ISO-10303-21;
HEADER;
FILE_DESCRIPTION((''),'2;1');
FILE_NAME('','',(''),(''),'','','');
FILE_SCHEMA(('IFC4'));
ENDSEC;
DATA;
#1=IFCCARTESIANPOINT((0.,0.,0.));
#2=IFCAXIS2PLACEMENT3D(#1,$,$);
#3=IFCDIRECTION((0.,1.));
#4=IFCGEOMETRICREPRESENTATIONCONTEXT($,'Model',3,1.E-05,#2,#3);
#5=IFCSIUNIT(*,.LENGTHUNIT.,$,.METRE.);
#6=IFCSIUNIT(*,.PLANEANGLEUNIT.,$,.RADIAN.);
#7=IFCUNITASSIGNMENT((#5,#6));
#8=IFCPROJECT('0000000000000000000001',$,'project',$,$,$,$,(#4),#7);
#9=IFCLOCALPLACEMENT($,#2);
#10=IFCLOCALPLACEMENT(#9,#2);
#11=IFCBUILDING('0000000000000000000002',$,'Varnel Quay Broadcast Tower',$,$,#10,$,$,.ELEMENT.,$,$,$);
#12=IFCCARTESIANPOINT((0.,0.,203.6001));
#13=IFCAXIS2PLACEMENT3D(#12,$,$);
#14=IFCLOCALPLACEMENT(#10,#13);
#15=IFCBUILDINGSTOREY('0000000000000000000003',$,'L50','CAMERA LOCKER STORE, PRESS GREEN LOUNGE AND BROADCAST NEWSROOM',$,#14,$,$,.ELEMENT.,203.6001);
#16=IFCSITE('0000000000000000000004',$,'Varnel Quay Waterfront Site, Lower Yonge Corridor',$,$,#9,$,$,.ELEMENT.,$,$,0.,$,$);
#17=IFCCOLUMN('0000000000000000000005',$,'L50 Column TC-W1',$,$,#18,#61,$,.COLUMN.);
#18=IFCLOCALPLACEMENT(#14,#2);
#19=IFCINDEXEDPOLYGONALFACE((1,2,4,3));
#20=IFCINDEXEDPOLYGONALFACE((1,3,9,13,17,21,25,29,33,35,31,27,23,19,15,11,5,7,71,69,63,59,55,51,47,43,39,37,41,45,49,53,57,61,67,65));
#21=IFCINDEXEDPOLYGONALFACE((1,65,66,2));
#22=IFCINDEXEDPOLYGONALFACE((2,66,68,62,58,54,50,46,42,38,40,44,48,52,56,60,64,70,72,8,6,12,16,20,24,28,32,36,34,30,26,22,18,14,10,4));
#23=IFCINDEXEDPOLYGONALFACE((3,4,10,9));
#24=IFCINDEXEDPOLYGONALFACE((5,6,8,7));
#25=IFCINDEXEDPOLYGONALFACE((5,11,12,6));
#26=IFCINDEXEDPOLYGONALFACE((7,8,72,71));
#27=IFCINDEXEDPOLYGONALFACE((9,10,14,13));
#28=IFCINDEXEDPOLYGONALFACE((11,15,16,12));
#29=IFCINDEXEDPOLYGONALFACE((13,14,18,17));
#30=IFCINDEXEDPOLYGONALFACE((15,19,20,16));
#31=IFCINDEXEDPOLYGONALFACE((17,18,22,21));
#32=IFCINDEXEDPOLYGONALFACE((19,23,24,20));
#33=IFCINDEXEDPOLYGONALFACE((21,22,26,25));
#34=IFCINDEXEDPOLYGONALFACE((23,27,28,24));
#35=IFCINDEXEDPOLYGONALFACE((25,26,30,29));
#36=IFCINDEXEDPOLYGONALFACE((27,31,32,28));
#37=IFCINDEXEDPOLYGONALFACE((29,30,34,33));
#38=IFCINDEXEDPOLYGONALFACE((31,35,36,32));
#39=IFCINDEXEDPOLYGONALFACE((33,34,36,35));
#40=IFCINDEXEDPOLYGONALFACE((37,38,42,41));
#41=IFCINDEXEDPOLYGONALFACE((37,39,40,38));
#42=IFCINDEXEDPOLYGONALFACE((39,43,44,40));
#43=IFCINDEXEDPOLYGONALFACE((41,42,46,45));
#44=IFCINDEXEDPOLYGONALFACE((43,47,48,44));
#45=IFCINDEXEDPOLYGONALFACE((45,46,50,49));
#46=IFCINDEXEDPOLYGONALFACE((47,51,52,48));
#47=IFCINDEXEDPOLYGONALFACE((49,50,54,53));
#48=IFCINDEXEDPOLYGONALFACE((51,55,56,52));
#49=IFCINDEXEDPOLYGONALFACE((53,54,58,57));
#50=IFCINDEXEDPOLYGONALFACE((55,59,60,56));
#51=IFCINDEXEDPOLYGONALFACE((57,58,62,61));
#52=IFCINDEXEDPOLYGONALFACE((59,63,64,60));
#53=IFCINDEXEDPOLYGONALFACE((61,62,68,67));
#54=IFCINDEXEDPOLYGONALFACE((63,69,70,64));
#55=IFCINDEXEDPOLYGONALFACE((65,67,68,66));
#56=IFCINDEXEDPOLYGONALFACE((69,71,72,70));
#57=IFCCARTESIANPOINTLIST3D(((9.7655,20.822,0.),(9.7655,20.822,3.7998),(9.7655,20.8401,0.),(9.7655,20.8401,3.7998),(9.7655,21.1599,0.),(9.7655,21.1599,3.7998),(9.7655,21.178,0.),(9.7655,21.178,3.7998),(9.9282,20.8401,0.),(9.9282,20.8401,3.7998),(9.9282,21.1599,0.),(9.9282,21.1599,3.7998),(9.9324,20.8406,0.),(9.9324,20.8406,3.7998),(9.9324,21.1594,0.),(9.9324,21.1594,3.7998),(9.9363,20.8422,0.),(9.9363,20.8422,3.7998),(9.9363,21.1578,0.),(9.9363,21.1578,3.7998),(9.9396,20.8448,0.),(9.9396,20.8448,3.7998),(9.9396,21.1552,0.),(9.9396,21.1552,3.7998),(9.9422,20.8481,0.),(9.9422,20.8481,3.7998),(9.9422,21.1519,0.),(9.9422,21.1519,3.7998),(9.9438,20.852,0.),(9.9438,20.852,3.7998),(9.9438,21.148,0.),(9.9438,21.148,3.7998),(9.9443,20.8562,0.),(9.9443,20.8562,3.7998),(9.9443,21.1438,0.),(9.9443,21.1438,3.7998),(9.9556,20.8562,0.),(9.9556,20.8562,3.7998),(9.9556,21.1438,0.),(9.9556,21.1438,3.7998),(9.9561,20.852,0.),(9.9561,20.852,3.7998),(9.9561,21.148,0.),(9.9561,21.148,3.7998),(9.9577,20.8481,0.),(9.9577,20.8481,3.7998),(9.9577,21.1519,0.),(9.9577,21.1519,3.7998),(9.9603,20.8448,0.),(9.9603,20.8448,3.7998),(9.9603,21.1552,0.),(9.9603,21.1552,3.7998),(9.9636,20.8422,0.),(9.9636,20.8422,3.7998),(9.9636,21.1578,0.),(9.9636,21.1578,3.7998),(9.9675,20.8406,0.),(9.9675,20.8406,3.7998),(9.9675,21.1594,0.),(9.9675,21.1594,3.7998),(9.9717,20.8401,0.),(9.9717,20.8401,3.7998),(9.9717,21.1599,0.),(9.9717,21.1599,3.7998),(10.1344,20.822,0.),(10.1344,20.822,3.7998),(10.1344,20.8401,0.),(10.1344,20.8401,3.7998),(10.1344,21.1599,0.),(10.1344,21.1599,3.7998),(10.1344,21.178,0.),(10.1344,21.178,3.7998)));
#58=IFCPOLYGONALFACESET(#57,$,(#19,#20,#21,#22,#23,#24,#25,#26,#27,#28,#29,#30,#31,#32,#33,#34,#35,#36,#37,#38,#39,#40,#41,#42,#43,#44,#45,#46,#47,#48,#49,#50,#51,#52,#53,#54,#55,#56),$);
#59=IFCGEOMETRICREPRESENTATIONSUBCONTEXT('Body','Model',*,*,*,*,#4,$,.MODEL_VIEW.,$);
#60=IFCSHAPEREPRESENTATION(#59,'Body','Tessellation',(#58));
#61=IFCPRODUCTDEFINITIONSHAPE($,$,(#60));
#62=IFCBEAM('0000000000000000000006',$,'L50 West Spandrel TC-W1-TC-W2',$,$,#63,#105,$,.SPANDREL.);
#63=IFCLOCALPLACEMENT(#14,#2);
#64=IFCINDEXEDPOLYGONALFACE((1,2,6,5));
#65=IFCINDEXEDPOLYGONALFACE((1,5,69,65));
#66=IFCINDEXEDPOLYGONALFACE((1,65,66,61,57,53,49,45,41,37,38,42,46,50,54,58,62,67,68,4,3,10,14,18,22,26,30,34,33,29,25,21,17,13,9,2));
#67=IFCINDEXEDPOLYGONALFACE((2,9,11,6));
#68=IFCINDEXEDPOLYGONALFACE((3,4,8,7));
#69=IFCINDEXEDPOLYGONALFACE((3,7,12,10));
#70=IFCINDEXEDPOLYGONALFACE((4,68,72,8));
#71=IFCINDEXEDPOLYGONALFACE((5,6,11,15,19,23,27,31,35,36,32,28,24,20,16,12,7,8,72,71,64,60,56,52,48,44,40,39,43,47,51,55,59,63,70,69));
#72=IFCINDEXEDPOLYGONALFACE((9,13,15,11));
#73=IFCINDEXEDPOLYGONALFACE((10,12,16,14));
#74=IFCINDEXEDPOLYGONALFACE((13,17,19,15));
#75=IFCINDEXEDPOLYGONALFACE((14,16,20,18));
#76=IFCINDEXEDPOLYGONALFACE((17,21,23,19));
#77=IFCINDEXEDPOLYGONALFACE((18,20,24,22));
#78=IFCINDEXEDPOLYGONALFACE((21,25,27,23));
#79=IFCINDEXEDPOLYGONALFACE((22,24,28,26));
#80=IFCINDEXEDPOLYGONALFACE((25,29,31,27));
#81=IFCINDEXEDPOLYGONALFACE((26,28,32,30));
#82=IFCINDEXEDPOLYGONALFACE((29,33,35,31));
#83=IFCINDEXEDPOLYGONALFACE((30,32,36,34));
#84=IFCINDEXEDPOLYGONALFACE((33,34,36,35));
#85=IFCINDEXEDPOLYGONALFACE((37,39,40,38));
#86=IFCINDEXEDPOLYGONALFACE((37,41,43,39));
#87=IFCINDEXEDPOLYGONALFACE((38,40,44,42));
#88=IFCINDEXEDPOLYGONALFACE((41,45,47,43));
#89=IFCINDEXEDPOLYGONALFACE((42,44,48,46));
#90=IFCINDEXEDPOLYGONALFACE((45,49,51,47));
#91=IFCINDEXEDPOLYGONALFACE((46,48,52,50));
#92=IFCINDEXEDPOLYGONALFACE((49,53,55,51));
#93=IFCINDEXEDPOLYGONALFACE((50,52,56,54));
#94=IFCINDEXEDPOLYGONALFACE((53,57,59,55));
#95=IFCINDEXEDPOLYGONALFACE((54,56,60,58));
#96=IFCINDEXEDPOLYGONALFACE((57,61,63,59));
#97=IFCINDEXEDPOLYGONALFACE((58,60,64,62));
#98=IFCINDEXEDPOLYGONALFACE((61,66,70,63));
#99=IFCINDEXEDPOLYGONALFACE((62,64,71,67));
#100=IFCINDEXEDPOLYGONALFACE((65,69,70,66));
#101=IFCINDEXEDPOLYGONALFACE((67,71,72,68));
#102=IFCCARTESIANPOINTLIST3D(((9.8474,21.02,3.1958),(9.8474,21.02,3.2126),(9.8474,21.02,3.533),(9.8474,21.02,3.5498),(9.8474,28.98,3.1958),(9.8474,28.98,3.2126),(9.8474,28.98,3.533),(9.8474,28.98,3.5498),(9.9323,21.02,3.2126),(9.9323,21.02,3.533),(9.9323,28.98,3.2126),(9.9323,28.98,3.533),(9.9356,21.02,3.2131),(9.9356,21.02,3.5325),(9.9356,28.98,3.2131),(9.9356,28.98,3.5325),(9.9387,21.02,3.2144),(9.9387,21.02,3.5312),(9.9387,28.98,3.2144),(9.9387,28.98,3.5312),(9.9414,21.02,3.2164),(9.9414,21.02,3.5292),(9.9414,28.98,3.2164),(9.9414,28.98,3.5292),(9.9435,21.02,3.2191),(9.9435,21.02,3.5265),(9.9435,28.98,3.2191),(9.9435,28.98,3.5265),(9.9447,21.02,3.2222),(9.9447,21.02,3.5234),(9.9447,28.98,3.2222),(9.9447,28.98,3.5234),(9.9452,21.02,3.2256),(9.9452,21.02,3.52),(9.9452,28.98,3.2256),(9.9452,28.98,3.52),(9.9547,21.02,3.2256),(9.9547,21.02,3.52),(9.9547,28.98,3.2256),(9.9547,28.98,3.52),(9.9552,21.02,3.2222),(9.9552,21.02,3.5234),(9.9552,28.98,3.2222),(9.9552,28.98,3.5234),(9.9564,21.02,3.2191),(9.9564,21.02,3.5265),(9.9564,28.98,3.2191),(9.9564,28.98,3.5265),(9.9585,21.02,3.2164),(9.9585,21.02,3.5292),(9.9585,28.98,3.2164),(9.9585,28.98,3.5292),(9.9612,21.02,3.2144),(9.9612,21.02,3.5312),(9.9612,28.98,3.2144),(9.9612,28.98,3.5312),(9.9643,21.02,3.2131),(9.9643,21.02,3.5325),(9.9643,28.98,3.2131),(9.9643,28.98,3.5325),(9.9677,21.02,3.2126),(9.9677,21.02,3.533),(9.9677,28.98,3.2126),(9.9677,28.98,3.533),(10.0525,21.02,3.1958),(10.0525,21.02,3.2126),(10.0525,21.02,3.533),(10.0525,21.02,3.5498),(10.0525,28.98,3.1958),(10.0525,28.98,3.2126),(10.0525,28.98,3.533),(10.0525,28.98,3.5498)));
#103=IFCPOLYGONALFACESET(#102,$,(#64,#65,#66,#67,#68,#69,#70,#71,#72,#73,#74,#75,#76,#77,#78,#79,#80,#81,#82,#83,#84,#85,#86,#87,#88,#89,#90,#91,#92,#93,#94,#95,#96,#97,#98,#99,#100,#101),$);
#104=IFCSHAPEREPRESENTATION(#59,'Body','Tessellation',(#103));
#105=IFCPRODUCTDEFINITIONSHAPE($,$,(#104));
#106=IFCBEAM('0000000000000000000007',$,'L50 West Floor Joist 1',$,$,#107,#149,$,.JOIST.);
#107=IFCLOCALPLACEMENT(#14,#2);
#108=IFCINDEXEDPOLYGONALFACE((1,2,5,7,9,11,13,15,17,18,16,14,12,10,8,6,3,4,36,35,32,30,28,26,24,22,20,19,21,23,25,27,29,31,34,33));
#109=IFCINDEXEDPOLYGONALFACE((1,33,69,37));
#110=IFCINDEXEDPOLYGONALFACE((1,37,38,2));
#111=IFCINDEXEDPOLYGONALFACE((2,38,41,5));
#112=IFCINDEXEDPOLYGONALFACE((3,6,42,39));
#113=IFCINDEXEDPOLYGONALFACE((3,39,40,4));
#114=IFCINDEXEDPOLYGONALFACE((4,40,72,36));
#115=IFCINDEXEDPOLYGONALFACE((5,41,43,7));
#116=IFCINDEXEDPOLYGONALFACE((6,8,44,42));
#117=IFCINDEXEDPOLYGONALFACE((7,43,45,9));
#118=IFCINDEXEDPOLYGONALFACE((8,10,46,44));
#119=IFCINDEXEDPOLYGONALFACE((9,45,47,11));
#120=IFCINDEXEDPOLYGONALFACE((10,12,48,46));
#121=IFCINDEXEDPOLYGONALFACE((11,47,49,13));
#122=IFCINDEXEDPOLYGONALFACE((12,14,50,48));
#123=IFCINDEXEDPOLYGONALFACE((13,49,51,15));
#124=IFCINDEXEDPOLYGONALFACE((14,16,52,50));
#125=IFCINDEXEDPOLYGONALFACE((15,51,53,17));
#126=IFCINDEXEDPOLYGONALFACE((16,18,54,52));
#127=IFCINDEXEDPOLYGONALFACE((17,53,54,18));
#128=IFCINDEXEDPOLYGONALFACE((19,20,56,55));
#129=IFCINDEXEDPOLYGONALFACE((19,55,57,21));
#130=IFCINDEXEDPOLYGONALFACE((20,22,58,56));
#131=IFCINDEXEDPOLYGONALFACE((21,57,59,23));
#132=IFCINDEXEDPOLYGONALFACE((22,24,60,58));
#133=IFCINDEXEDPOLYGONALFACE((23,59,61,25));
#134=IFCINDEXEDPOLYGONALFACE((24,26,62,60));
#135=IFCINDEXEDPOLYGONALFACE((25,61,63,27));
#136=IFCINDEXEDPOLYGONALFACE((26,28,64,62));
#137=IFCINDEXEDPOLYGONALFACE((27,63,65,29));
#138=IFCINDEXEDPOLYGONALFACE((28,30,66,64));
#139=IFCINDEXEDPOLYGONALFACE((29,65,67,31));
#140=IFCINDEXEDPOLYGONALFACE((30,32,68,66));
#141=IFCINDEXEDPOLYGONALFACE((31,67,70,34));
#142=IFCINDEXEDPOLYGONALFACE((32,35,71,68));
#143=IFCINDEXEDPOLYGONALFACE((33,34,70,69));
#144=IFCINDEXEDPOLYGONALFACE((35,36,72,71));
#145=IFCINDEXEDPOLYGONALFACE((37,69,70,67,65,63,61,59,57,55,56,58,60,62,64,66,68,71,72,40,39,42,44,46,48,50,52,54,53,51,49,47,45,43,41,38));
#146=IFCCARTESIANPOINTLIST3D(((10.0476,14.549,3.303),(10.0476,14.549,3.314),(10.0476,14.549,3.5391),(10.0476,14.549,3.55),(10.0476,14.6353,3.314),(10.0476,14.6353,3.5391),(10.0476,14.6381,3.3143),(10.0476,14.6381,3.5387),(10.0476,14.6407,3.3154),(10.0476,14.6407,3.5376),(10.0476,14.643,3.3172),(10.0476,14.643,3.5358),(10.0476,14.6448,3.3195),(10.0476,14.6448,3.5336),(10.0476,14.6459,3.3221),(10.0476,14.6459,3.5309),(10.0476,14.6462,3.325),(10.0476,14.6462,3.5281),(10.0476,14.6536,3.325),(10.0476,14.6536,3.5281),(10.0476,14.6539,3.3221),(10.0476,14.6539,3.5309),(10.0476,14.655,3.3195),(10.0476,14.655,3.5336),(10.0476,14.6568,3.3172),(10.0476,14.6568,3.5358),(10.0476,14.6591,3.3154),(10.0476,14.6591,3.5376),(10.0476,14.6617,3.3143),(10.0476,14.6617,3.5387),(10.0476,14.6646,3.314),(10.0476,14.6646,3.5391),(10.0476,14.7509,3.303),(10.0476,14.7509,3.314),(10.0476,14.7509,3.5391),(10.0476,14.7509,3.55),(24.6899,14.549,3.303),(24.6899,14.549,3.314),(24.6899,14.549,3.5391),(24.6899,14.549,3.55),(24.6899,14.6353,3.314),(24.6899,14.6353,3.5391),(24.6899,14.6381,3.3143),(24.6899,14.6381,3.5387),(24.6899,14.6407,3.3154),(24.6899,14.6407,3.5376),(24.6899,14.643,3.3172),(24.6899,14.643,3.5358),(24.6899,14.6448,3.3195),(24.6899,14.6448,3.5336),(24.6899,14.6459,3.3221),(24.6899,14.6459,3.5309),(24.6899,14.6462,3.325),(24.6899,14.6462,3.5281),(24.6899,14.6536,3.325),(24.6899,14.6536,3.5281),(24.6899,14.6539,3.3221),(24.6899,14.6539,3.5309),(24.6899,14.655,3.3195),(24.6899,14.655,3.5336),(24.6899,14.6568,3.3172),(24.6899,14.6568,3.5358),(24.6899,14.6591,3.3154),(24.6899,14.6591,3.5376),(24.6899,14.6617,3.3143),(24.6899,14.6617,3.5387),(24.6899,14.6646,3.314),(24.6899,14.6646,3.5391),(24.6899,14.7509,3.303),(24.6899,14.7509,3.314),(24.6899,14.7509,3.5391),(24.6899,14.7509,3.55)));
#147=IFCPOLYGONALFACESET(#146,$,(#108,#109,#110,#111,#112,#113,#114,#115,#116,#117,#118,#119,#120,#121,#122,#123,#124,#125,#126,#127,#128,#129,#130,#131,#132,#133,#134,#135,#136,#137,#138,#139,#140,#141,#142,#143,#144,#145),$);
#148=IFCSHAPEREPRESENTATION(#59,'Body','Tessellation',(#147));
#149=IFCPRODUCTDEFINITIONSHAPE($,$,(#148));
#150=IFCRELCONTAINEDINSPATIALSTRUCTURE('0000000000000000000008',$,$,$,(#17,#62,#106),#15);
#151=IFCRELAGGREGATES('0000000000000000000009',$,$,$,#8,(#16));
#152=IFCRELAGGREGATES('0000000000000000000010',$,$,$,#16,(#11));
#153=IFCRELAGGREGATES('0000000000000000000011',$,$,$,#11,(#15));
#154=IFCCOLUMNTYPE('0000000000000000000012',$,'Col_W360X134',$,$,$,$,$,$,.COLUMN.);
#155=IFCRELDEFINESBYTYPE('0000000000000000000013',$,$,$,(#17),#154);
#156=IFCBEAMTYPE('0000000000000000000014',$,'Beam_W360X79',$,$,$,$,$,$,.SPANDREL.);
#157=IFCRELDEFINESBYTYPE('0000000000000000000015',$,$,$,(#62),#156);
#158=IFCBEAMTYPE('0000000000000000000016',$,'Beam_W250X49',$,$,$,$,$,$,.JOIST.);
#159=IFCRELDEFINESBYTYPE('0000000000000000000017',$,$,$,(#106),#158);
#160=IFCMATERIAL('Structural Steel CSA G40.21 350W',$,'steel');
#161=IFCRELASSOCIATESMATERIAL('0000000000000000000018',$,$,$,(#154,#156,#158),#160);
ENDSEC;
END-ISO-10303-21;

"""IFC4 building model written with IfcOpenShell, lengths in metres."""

from ifc_helpers import new_model, si_unit, direction, frame, origin, origin_2d, place, context, subcontext, project, spatial, i_section, extrude, source, transform, mapped, material, material_profile, profile_set, type_object, type_shapes, element, save


model = new_model("IFC4")

# Units and contexts
model_context = context("Model", 3, precision=1e-05, world=origin(), true_north=direction((0.0, 1.0)))
body_context = subcontext(model_context, "Body", "Model", "MODEL_VIEW")
ifc_project = project(units=[si_unit("LENGTHUNIT", "METRE"), si_unit("PLANEANGLEUNIT", "RADIAN")], contexts=[model_context])

# Site, building, storey
site_placement = place(None, origin())
site = spatial("IfcSite", under=ifc_project, at=site_placement, Name="Varnel Quay Waterfront Site, Lower Yonge Corridor", CompositionType="ELEMENT", RefElevation=0.0)
building_placement = place(site_placement, origin())
building = spatial("IfcBuilding", under=site, at=building_placement, Name="Varnel Quay Broadcast Tower", CompositionType="ELEMENT")
storey_placement = place(building_placement, frame((0.0, 0.0, 203.6001)))
storey = spatial("IfcBuildingStorey", under=building, at=storey_placement, Name="L50", Description="CAMERA LOCKER STORE, PRESS GREEN LOUNGE AND BROADCAST NEWSROOM", CompositionType="ELEMENT", Elevation=203.6001)

# Column
ifc_material_1 = material(Name="Structural Steel CSA G40.21 350W", Category="steel")
ifc_material_profile_1 = material_profile(ifc_material_1, i_section(OverallWidth=0.3689, OverallDepth=0.356, WebThickness=0.0112, FlangeThickness=0.0181, FilletRadius=0.0161, at=origin_2d()), Name="W360X134")
ifc_profile_set_1 = profile_set([ifc_material_profile_1], Name="Structural Steel CSA G40.21 350W")
column_type = type_object("IfcColumnType", Name="Col_W360X134", PredefinedType="COLUMN", material=ifc_profile_set_1)
shared_shape_1 = source(origin(), body_context, "Body", "SweptSolid", [
    extrude(i_section(OverallWidth=0.3689, OverallDepth=0.356, WebThickness=0.0112, FlangeThickness=0.0181, FilletRadius=0.0161, at=origin_2d()), origin(), (0.0, 0.0, 1.0), 3.7998),
])
type_shapes(column_type, [shared_shape_1])
column_placement = place(storey_placement, frame((9.95, 21.0, 0.0), z_axis=(0.0, 0.0, 1.0), x_axis=(1.0, 0.0, 0.0)))
element("IfcColumn", 1, at=column_placement, inside=storey, type_object=column_type, Name="L50 Column TC-W1", PredefinedType="COLUMN", context=body_context, shape_type="MappedRepresentation", body=[
    mapped(shared_shape_1, transform((0.0, 0.0, 0.0), x_axis=(1.0, 0.0, 0.0), y_axis=(0.0, 1.0, 0.0), z_axis=(0.0, 0.0, 1.0), scale=1.0)),
])

# Beams
ifc_material_profile_2 = material_profile(ifc_material_1, i_section(OverallWidth=0.2051, OverallDepth=0.354, WebThickness=0.0095, FlangeThickness=0.0168, FilletRadius=0.0129, at=origin_2d()), Name="W360X79")
ifc_profile_set_2 = profile_set([ifc_material_profile_2], Name="Structural Steel CSA G40.21 350W")
beam_type_1 = type_object("IfcBeamType", Name="Beam_W360X79", PredefinedType="SPANDREL", material=ifc_profile_set_2)
shared_shape_2 = source(origin(), body_context, "Body", "SweptSolid", [
    extrude(i_section(OverallWidth=0.2051, OverallDepth=0.354, WebThickness=0.0095, FlangeThickness=0.0168, FilletRadius=0.0129, at=origin_2d()), origin(), (0.0, 0.0, 1.0), 7.96),
])
type_shapes(beam_type_1, [shared_shape_2])
beam_1_placement = place(storey_placement, frame((9.95, 21.02, 3.3728), z_axis=(0.0, 1.0, 0.0), x_axis=(-1.0, 0.0, 0.0)))
element("IfcBeam", 2, at=beam_1_placement, inside=storey, type_object=beam_type_1, Name="L50 West Spandrel TC-W1-TC-W2", PredefinedType="SPANDREL", context=body_context, shape_type="MappedRepresentation", body=[
    mapped(shared_shape_2, transform((0.0, 0.0, 0.0), x_axis=(1.0, 0.0, 0.0), y_axis=(0.0, 1.0, 0.0), z_axis=(0.0, 0.0, 1.0), scale=1.0)),
])
ifc_material_profile_3 = material_profile(ifc_material_1, i_section(OverallWidth=0.2019, OverallDepth=0.2471, WebThickness=0.0073, FlangeThickness=0.011, FilletRadius=0.011, at=origin_2d()), Name="W250X49")
ifc_profile_set_3 = profile_set([ifc_material_profile_3], Name="Structural Steel CSA G40.21 350W")
beam_type_2 = type_object("IfcBeamType", Name="Beam_W250X49", PredefinedType="JOIST", material=ifc_profile_set_3)
shared_shape_3 = source(origin(), body_context, "Body", "SweptSolid", [
    extrude(i_section(OverallWidth=0.2019, OverallDepth=0.2471, WebThickness=0.0073, FlangeThickness=0.011, FilletRadius=0.011, at=origin_2d()), origin(), (0.0, 0.0, 1.0), 14.6423),
])
type_shapes(beam_type_2, [shared_shape_3])
for number, where, z_axis, x_axis, name in (
    (3, (10.0476, 14.6499, 3.4265), (1.0, 0.0, 0.0), (0.0, 1.0, 0.0), "L50 West Floor Joist 1"),
):
    element("IfcBeam", number, at=place(storey_placement, frame(where, z_axis=z_axis, x_axis=x_axis)), inside=storey, type_object=beam_type_2, Name=name, PredefinedType="JOIST", context=body_context, shape_type="MappedRepresentation", body=[
        mapped(shared_shape_3, transform((0.0, 0.0, 0.0), x_axis=(1.0, 0.0, 0.0), y_axis=(0.0, 1.0, 0.0), z_axis=(0.0, 0.0, 1.0), scale=1.0)),
    ])

save(model, "model.ifc")
